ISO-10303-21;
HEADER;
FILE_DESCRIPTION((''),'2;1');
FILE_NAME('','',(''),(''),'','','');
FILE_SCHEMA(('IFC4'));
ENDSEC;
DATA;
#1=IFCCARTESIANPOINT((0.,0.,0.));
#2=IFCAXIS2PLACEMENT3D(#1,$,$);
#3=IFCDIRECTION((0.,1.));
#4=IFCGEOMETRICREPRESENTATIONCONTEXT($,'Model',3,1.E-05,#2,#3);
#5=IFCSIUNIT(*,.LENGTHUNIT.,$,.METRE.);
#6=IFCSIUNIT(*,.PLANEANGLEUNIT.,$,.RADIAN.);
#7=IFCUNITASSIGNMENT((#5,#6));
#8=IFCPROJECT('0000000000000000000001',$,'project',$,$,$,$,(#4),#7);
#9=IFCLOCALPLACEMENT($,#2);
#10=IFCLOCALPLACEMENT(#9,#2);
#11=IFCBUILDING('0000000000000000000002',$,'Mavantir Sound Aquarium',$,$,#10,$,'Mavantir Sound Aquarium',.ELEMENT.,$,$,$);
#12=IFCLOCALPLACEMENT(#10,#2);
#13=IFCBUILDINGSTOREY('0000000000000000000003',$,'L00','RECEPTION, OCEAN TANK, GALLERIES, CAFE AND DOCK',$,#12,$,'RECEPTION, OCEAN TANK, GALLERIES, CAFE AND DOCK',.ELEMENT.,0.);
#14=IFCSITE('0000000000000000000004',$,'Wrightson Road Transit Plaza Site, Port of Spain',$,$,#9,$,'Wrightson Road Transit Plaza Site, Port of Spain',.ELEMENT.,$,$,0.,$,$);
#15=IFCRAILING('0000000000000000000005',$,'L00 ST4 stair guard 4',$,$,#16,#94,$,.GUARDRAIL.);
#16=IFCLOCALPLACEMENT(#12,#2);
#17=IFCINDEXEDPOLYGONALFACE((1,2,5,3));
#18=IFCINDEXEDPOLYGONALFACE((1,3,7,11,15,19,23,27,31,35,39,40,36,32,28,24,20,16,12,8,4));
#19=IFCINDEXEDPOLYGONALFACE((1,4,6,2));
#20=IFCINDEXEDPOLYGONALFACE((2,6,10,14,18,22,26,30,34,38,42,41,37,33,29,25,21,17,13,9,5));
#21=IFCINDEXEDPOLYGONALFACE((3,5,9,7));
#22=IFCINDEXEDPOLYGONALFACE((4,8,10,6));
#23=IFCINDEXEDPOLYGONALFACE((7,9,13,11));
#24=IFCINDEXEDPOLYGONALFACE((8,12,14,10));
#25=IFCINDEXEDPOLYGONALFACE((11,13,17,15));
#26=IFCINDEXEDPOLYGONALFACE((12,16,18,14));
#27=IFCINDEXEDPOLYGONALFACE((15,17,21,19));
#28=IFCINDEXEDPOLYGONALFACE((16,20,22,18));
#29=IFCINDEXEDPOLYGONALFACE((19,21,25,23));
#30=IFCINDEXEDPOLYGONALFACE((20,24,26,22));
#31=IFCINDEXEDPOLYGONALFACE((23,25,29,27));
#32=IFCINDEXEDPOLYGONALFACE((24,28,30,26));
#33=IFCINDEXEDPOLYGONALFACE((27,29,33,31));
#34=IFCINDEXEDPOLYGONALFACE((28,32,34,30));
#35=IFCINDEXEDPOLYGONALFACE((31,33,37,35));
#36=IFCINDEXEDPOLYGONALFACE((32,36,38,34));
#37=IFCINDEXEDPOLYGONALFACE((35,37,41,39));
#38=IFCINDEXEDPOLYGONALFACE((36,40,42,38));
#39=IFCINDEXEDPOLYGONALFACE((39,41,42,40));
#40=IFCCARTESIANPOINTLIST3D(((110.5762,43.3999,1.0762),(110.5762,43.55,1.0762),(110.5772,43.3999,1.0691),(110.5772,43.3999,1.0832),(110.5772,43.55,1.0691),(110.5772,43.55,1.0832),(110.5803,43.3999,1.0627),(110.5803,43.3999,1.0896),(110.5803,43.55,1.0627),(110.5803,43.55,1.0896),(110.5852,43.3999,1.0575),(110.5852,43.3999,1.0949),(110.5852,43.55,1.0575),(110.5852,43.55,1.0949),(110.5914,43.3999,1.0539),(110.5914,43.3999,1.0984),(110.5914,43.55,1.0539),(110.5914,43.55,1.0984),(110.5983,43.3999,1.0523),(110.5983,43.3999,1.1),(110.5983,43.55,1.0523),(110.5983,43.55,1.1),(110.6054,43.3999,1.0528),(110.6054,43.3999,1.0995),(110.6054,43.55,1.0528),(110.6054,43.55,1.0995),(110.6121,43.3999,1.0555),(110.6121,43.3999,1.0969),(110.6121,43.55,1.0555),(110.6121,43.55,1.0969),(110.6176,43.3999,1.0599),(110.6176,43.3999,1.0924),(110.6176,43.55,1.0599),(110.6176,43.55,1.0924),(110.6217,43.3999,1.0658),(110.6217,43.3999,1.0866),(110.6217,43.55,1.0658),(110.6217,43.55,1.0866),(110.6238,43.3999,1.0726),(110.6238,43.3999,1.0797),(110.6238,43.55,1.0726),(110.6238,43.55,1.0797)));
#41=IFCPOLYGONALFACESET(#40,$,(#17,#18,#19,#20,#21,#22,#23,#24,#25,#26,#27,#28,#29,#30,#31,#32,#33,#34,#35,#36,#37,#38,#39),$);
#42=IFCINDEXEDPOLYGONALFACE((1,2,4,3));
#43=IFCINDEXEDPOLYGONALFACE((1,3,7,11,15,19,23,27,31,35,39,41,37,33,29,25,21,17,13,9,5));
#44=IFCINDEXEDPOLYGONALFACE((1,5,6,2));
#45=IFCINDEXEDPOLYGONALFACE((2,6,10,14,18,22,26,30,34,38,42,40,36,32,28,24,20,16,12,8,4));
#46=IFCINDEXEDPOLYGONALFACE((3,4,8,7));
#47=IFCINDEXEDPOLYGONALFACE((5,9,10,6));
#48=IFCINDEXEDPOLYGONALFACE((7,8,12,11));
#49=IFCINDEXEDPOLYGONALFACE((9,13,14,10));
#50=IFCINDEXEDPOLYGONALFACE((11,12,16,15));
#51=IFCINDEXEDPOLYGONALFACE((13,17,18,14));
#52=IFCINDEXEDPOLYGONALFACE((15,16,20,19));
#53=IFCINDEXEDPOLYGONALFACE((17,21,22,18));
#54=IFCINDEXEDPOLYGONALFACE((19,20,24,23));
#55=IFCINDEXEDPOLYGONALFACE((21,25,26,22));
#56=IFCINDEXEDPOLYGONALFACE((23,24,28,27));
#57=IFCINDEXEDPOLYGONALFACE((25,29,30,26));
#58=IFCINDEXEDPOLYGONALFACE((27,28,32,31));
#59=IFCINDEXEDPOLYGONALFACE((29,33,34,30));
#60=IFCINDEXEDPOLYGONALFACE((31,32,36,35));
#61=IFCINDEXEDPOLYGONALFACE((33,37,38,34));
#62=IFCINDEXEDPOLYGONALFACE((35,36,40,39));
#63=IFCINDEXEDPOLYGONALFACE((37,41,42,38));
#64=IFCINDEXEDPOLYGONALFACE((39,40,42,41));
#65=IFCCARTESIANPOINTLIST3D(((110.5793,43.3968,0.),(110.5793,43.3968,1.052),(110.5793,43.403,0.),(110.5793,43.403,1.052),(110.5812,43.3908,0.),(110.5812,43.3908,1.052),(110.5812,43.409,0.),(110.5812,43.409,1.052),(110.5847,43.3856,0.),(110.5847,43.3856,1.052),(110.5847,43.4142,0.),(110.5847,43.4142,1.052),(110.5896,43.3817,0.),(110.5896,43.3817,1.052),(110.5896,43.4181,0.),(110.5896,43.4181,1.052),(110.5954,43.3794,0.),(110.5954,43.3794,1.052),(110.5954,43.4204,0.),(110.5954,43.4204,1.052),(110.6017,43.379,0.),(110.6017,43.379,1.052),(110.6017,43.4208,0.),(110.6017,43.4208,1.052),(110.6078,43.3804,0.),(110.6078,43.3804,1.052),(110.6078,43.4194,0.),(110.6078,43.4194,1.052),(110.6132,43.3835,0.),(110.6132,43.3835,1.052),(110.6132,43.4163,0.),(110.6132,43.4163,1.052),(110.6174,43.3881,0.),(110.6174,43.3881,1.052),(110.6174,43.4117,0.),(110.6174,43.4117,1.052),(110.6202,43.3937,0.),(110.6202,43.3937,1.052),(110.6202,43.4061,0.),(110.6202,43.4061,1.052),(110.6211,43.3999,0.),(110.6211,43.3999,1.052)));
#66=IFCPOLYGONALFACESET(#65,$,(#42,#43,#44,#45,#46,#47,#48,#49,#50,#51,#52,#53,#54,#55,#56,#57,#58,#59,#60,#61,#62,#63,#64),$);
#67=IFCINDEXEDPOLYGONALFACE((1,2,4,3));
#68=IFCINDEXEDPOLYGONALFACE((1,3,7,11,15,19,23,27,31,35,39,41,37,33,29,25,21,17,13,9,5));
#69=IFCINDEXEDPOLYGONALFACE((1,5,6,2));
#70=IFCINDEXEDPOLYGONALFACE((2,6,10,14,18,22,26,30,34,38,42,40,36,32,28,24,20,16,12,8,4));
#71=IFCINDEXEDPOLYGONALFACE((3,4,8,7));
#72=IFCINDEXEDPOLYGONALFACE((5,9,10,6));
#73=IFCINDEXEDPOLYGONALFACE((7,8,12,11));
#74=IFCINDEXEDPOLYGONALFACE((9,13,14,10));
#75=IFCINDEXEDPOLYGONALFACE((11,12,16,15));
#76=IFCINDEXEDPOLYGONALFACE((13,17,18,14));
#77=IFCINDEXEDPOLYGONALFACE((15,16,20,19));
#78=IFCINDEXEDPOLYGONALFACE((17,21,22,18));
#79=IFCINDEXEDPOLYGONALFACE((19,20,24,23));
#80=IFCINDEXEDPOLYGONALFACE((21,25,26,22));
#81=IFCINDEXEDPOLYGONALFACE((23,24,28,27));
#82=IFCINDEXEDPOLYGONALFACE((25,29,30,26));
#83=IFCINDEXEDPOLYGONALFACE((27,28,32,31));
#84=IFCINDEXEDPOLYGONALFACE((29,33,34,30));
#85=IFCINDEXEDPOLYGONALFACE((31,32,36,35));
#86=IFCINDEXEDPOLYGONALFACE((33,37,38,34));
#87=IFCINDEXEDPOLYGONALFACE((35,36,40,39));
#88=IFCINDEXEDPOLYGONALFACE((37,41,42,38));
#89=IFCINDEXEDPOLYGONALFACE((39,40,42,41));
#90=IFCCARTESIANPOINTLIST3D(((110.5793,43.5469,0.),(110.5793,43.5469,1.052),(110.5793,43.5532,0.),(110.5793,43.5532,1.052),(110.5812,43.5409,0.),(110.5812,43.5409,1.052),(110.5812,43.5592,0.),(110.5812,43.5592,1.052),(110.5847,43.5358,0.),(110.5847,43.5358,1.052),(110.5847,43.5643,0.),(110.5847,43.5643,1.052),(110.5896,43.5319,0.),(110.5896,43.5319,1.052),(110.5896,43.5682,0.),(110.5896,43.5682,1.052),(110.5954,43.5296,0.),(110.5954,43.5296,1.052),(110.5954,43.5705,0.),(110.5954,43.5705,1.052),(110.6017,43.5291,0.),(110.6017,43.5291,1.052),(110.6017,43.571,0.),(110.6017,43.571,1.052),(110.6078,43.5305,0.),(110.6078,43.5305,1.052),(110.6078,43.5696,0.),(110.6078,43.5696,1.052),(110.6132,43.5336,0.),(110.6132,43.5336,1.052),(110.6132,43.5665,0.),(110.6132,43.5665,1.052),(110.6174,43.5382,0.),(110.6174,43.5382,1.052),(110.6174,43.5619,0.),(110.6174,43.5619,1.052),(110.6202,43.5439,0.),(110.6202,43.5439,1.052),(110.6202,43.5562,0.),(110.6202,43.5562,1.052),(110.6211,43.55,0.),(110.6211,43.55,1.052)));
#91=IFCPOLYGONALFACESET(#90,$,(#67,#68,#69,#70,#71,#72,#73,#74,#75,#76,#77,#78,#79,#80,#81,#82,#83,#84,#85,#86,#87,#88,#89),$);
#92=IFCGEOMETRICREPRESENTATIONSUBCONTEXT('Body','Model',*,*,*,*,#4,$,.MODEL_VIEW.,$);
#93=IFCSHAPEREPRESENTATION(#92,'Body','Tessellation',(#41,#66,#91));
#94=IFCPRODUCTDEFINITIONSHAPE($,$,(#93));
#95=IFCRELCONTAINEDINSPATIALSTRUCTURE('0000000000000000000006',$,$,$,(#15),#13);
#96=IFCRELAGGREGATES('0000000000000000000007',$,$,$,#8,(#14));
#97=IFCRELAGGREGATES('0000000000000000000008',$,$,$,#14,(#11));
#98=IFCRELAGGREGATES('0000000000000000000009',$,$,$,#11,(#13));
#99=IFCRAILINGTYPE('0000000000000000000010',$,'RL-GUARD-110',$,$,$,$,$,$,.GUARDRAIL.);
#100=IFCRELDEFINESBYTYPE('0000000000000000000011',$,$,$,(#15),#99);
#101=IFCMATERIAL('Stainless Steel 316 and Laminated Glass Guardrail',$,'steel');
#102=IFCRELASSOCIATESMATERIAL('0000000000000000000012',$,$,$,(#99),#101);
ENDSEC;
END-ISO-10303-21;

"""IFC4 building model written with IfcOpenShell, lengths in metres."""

from ifc_helpers import new_model, si_unit, direction, frame, origin, origin_2d, place, context, subcontext, project, spatial, circle, extrude, material, type_object, element, save


model = new_model("IFC4")

# Units and contexts
model_context = context("Model", 3, precision=1e-05, world=origin(), true_north=direction((0.0, 1.0)))
body_context = subcontext(model_context, "Body", "Model", "MODEL_VIEW")
ifc_project = project(units=[si_unit("LENGTHUNIT", "METRE"), si_unit("PLANEANGLEUNIT", "RADIAN")], contexts=[model_context])

# Site, building, storey
site_placement = place(None, origin())
site = spatial("IfcSite", under=ifc_project, at=site_placement, Name="Wrightson Road Transit Plaza Site, Port of Spain", LongName="Wrightson Road Transit Plaza Site, Port of Spain", CompositionType="ELEMENT", RefElevation=0.0)
building_placement = place(site_placement, origin())
building = spatial("IfcBuilding", under=site, at=building_placement, Name="Mavantir Sound Aquarium", LongName="Mavantir Sound Aquarium", CompositionType="ELEMENT")
storey_placement = place(building_placement, origin())
storey = spatial("IfcBuildingStorey", under=building, at=storey_placement, Name="L00", Description="RECEPTION, OCEAN TANK, GALLERIES, CAFE AND DOCK", LongName="RECEPTION, OCEAN TANK, GALLERIES, CAFE AND DOCK", CompositionType="ELEMENT", Elevation=0.0)

# Railing
ifc_material_1 = material(Name="Stainless Steel 316 and Laminated Glass Guardrail", Category="steel")
railing_type_1 = type_object("IfcRailingType", Name="RL-GUARD-110", PredefinedType="GUARDRAIL", material=ifc_material_1)
railing_1_placement = place(storey_placement, frame((110.6001, 43.3999, 0.0)))
element("IfcRailing", 1, at=railing_1_placement, inside=storey, type_object=railing_type_1, Name="L00 ST4 stair guard 4", PredefinedType="GUARDRAIL", context=body_context, shape_type="SweptSolid", body=[
    extrude(circle(Radius=0.0239, at=origin_2d()), frame((0.0, 0.0, 1.0762), z_axis=(0.0, 1.0, 0.0), x_axis=(-1.0, 0.0, 0.0)), (0.0, 0.0, 1.0), 0.1501),
    extrude(circle(Radius=0.021, at=origin_2d()), origin(), (0.0, 0.0, 1.0), 1.052),
    extrude(circle(Radius=0.021, at=origin_2d()), frame((0.0, 0.1501, 0.0)), (0.0, 0.0, 1.0), 1.052),
])

save(model, "model.ifc")
